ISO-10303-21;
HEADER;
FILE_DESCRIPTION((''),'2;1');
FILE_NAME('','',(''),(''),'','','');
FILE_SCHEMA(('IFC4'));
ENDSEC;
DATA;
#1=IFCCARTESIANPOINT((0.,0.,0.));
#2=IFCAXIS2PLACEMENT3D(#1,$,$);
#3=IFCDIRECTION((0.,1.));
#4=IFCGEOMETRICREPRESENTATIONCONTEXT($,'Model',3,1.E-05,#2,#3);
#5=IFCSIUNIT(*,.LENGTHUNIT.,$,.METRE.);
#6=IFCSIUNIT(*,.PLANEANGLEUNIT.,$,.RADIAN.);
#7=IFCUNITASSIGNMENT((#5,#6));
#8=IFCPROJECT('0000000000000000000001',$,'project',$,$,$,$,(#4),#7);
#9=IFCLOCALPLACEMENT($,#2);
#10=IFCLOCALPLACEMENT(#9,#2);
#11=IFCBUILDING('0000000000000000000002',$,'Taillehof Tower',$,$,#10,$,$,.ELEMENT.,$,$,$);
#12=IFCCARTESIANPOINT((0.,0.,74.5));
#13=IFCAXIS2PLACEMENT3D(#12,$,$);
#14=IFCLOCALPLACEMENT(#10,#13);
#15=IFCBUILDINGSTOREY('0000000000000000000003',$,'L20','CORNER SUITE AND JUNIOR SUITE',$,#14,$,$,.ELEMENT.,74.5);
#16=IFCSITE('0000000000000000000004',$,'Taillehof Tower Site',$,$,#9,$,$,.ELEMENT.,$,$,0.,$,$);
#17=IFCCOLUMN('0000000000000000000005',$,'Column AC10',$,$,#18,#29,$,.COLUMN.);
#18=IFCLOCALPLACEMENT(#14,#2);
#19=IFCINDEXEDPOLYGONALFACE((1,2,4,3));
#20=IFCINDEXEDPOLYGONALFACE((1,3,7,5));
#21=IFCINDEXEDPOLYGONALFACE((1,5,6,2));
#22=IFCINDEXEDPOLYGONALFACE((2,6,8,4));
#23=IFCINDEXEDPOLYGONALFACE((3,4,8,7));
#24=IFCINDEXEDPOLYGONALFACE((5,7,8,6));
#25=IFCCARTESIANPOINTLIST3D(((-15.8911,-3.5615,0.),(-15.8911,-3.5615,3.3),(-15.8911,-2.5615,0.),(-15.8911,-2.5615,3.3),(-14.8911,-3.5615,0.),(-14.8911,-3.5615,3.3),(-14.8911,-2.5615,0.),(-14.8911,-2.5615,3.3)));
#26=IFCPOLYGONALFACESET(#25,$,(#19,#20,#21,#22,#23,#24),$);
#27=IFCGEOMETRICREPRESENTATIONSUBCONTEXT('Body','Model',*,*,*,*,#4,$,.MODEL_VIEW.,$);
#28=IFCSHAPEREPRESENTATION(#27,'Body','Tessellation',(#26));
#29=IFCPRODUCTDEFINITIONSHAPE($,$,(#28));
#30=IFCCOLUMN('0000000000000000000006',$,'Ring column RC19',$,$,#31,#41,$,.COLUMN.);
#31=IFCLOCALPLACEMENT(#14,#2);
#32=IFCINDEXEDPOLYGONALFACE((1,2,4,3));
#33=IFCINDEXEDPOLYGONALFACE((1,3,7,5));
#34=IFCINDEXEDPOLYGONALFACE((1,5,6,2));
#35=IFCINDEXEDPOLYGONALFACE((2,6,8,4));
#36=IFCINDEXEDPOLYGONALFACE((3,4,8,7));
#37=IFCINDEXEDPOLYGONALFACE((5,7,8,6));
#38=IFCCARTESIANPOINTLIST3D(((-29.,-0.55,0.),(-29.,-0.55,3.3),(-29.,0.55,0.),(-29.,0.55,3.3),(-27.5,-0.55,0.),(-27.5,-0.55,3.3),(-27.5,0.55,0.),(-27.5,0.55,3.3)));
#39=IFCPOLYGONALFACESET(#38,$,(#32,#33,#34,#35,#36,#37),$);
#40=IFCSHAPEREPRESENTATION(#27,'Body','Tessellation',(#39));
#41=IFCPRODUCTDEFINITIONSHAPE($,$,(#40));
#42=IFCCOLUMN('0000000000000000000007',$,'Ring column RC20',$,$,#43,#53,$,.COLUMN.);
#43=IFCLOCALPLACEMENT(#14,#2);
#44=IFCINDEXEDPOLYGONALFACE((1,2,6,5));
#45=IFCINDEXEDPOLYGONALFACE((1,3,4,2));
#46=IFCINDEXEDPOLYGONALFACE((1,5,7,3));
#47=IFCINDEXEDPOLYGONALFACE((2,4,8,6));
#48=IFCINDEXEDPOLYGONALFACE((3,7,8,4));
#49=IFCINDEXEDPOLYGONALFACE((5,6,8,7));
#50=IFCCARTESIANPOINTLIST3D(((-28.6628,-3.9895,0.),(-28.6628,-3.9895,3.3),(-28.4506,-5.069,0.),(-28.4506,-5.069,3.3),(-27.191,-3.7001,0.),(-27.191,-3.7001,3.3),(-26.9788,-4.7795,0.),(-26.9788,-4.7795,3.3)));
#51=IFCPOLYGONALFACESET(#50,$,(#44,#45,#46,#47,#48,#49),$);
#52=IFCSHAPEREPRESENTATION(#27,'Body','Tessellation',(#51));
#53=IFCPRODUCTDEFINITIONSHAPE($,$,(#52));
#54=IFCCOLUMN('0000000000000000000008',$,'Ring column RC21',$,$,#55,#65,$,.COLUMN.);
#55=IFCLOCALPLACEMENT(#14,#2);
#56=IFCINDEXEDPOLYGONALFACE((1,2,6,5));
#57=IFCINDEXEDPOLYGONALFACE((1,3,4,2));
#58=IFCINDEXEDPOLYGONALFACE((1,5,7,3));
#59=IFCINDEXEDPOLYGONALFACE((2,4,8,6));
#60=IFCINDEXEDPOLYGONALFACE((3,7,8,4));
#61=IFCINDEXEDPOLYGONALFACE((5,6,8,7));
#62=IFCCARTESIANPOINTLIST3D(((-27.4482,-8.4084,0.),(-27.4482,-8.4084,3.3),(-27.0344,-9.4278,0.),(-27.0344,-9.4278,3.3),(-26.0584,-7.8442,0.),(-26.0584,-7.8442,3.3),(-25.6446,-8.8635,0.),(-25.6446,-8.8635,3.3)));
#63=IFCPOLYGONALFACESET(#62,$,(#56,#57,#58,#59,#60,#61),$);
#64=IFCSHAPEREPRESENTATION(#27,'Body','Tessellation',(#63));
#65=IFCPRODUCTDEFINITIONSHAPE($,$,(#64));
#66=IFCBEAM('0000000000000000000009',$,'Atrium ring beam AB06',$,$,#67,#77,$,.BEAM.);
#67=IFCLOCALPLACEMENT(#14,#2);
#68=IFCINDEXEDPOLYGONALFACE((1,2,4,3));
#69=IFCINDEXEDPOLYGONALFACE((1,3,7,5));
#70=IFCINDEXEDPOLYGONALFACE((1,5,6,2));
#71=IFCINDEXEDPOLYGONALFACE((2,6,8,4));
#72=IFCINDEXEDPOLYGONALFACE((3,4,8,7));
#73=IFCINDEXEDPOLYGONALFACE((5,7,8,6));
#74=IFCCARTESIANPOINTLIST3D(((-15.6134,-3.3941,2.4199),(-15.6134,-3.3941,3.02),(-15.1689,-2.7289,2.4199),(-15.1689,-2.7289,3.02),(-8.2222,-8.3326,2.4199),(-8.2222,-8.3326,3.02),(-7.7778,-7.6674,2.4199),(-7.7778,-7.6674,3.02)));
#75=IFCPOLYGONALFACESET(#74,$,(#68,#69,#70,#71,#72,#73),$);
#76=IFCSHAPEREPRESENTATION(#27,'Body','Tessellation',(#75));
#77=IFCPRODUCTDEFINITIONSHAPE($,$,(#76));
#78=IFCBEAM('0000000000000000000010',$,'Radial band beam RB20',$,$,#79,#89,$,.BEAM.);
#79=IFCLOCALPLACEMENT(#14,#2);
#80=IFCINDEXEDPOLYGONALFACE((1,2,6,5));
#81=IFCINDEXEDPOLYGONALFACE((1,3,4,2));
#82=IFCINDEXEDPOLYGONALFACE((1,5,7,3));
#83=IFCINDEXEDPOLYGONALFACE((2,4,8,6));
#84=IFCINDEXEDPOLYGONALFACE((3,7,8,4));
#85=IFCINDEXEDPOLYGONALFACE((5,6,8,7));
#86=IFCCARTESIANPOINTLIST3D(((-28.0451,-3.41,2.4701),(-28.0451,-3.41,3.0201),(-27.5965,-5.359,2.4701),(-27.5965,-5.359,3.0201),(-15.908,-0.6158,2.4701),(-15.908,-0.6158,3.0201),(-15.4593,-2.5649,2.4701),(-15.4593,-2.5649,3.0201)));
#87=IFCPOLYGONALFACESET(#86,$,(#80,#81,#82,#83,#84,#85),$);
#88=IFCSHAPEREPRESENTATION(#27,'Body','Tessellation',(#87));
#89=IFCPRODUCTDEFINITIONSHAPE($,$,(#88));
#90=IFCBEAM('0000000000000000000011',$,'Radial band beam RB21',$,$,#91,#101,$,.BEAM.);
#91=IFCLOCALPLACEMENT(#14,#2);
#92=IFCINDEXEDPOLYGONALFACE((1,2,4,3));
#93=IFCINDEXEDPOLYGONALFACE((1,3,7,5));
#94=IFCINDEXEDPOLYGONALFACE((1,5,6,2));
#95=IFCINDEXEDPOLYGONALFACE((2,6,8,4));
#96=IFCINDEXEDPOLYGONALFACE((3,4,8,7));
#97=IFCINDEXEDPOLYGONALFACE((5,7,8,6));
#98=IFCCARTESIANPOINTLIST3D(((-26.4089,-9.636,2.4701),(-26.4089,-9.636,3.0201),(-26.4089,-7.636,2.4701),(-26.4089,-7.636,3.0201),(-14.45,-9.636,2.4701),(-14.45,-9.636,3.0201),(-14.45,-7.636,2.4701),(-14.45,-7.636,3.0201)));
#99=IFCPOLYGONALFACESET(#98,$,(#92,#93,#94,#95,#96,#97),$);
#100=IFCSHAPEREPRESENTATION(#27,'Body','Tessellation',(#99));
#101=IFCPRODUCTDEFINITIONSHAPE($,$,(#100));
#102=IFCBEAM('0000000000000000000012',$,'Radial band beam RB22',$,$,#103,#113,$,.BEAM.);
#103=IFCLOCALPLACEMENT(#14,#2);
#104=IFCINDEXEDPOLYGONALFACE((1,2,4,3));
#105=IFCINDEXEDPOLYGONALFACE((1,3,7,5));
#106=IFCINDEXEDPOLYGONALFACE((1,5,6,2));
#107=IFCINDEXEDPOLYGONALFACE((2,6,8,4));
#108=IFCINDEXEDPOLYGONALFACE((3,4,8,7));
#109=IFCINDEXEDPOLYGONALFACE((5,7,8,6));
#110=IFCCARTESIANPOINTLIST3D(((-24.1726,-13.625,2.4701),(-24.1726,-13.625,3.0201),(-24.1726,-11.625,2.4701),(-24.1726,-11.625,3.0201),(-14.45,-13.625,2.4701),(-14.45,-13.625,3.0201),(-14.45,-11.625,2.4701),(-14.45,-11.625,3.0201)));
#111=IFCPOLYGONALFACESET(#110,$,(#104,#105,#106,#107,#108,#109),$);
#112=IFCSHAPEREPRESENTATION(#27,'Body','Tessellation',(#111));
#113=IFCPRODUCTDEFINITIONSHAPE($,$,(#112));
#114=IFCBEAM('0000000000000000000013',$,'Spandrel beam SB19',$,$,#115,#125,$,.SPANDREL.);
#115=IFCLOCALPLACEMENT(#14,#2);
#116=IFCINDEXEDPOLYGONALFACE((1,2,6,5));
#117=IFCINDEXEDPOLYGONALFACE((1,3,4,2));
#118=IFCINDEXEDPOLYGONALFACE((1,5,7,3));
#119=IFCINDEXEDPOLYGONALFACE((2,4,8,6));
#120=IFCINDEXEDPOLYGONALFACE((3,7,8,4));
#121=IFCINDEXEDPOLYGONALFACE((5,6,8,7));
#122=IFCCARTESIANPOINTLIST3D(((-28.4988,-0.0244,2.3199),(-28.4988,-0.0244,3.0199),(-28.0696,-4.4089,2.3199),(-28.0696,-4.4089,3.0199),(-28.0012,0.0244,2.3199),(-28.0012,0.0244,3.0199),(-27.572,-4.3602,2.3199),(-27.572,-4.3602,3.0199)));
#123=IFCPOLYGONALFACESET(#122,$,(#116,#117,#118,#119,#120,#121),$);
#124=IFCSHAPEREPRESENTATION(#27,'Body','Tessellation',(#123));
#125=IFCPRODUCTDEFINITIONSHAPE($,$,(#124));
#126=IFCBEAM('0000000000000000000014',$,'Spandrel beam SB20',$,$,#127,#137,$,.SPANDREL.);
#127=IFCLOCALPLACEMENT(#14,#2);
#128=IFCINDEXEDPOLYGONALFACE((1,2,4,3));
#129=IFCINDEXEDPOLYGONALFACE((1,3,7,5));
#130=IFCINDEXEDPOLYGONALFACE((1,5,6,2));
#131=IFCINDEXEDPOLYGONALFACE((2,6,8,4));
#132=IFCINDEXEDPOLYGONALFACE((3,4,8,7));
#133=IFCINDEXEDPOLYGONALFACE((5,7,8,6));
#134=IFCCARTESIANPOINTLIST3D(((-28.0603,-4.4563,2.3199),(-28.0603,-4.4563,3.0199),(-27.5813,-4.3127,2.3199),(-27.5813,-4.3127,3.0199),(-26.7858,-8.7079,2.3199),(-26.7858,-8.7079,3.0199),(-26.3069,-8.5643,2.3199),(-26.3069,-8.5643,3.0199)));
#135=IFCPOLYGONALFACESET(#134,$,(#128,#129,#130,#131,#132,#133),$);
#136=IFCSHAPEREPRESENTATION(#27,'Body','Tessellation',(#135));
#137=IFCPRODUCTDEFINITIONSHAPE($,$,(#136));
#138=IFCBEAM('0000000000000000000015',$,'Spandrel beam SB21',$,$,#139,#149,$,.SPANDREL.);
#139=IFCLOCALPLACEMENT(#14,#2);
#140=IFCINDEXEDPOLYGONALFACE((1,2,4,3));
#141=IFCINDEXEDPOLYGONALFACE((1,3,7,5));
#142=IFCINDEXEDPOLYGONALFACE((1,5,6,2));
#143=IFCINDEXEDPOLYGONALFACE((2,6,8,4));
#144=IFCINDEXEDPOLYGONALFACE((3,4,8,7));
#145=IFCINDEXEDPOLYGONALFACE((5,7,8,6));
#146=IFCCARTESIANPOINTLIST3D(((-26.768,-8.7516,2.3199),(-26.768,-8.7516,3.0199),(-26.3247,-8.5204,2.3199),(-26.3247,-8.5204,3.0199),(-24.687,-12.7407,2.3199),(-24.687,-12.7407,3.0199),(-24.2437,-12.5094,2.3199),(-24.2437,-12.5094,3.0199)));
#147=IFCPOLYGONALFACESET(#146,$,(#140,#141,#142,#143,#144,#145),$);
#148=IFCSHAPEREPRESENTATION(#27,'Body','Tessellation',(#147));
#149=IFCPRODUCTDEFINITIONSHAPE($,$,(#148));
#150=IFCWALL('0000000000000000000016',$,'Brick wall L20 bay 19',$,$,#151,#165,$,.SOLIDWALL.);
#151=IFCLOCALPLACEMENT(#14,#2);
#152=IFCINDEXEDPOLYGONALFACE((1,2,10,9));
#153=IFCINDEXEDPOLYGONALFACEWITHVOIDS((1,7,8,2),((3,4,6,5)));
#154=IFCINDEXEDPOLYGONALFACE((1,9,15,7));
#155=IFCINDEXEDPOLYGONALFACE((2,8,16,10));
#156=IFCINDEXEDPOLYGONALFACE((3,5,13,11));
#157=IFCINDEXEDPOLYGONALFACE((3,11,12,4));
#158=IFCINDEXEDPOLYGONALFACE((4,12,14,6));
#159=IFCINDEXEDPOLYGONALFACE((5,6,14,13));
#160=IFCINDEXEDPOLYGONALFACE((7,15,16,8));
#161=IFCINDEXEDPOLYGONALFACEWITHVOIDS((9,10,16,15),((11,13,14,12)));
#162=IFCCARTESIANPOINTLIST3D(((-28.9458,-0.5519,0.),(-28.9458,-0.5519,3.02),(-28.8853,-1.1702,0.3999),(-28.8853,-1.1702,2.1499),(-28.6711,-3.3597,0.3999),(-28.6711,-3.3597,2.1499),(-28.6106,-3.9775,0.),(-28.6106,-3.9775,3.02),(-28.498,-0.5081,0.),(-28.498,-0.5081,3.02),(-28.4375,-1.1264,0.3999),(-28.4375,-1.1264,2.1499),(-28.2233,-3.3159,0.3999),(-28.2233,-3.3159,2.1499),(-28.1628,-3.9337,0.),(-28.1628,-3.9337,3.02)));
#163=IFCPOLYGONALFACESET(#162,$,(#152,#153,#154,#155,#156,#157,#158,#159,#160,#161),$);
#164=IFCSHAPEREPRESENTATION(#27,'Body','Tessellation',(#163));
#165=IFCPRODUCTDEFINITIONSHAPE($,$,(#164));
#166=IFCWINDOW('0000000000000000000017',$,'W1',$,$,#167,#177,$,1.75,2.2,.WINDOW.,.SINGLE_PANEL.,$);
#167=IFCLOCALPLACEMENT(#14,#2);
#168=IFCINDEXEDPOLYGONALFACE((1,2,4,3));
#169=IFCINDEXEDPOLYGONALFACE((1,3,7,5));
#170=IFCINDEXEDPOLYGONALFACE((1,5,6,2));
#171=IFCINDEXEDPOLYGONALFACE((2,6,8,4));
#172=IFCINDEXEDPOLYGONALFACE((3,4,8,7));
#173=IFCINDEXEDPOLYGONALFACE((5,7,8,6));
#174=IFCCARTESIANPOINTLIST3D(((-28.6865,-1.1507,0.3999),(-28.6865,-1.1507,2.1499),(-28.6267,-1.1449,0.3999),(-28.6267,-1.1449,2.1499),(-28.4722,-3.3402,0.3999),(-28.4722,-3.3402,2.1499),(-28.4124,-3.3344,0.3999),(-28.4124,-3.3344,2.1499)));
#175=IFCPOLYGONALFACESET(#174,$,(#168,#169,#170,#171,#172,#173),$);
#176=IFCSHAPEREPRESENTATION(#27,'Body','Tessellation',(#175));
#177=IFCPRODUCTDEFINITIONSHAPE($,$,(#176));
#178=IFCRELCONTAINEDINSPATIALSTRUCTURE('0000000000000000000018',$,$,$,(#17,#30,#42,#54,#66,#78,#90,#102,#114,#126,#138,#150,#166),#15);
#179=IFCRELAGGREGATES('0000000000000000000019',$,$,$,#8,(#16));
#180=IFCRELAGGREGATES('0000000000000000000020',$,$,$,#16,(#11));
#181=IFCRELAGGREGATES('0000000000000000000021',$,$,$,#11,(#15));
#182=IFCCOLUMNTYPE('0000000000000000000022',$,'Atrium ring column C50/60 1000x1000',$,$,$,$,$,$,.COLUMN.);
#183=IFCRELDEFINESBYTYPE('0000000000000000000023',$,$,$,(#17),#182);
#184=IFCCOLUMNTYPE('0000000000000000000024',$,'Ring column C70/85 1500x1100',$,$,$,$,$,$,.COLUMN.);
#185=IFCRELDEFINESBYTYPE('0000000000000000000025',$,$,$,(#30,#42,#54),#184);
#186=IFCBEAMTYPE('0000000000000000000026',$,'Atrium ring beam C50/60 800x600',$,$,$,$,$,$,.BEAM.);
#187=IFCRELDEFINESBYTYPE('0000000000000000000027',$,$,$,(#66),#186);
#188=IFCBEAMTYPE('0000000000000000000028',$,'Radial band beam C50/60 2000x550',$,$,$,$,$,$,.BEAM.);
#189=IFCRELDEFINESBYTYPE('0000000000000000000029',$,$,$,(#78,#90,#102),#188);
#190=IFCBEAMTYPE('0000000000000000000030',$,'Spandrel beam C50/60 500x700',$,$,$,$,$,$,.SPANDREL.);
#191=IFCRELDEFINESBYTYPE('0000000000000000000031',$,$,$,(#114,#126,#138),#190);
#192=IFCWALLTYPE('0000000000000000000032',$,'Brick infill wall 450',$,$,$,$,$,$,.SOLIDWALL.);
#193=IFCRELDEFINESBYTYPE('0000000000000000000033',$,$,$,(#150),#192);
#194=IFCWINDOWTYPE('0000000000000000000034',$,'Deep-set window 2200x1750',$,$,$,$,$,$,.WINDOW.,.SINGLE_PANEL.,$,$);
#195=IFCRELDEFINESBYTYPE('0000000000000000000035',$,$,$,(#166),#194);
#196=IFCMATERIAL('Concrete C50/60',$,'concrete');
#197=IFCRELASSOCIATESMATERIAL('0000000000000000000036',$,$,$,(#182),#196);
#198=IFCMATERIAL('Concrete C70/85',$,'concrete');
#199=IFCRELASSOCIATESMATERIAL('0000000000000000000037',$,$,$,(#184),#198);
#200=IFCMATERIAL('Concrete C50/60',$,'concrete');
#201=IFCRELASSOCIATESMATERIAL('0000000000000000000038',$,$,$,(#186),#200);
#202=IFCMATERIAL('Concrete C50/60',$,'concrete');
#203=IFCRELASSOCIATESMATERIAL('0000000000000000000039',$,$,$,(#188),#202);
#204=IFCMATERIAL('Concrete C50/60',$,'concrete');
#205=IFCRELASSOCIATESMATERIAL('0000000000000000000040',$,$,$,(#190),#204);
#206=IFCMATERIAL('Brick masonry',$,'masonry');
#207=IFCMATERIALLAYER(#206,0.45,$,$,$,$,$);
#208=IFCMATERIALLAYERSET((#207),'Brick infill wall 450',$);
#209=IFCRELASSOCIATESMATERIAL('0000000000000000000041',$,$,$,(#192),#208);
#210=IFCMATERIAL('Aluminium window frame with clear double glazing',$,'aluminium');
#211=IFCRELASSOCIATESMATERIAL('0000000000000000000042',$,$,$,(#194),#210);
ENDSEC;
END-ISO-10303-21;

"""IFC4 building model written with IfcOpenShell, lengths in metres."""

from ifc_helpers import new_model, si_unit, direction, frame, frame_2d, origin, origin_2d, place, context, subcontext, project, spatial, rectangle, extrude, material, layer, layer_set, material_profile, profile_set, type_object, element, fill, save


model = new_model("IFC4")

# Units and contexts
model_context = context("Model", 3, precision=1e-05, world=origin(), true_north=direction((0.0, 1.0)))
body_context = subcontext(model_context, "Body", "Model", "MODEL_VIEW")
ifc_project = project(units=[si_unit("LENGTHUNIT", "METRE"), si_unit("PLANEANGLEUNIT", "RADIAN")], contexts=[model_context])

# Site, building, storey
site_placement = place(None, origin())
site = spatial("IfcSite", under=ifc_project, at=site_placement, Name="Taillehof Tower Site", CompositionType="ELEMENT", RefElevation=0.0)
building_placement = place(site_placement, origin())
building = spatial("IfcBuilding", under=site, at=building_placement, Name="Taillehof Tower", CompositionType="ELEMENT")
storey_placement = place(building_placement, frame((0.0, 0.0, 74.5)))
storey = spatial("IfcBuildingStorey", under=building, at=storey_placement, Name="L20", Description="CORNER SUITE AND JUNIOR SUITE", CompositionType="ELEMENT", Elevation=74.5)

# Columns
ifc_material_1 = material(Name="Concrete C50/60", Category="concrete")
ifc_material_profile_1 = material_profile(ifc_material_1, rectangle(XDim=1.0, YDim=1.0, at=origin_2d()), Name="RC 1000x1000")
ifc_profile_set_1 = profile_set([ifc_material_profile_1], Name="Concrete C50/60")
column_type_1 = type_object("IfcColumnType", Name="Atrium ring column C50/60 1000x1000", PredefinedType="COLUMN", material=ifc_profile_set_1)
column_placement = place(storey_placement, frame((-15.3911, -3.0615, 0.0), z_axis=(0.0, 0.0, 1.0), x_axis=(1.0, 0.0, 0.0)))
element("IfcColumn", 1, at=column_placement, inside=storey, type_object=column_type_1, Name="Column AC10", PredefinedType="COLUMN", context=body_context, shape_type="SweptSolid", body=[
    extrude(rectangle(XDim=1.0, YDim=1.0, at=origin_2d()), origin(), (0.0, 0.0, 1.0), 3.3),
])
ifc_material_2 = material(Name="Concrete C70/85", Category="concrete")
ifc_material_profile_2 = material_profile(ifc_material_2, rectangle(XDim=1.5, YDim=1.1001, at=origin_2d()), Name="RC 1500x1100")
ifc_profile_set_2 = profile_set([ifc_material_profile_2], Name="Concrete C70/85")
column_type_2 = type_object("IfcColumnType", Name="Ring column C70/85 1500x1100", PredefinedType="COLUMN", material=ifc_profile_set_2)
for number, where, z_axis, x_axis, name in (
    (2, (-28.25, 0.0, 0.0), (0.0, 0.0, 1.0), (-1.0, 0.0, 0.0), "Ring column RC19"),
    (3, (-27.8208, -4.3845, 0.0), (0.0, 0.0, 1.0), (-0.981204, -0.192976, 0.0), "Ring column RC20"),
    (4, (-26.5464, -8.636, 0.0), (0.0, 0.0, 1.0), (-0.926558, -0.376152, 0.0), "Ring column RC21"),
):
    element("IfcColumn", number, at=place(storey_placement, frame(where, z_axis=z_axis, x_axis=x_axis)), inside=storey, type_object=column_type_2, Name=name, PredefinedType="COLUMN", context=body_context, shape_type="SweptSolid", body=[
        extrude(rectangle(XDim=1.5, YDim=1.1001, at=origin_2d()), origin(), (0.0, 0.0, 1.0), 3.3),
    ])

# Beams
ifc_material_3 = material(Name="Concrete C50/60", Category="concrete")
ifc_material_profile_3 = material_profile(ifc_material_3, rectangle(XDim=0.8, YDim=0.6001, at=origin_2d()), Name="RC 800x600")
ifc_profile_set_3 = profile_set([ifc_material_profile_3], Name="Concrete C50/60")
beam_type_1 = type_object("IfcBeamType", Name="Atrium ring beam C50/60 800x600", PredefinedType="BEAM", material=ifc_profile_set_3)
beam_1_placement = place(storey_placement, frame((-15.3911, -3.0615, 2.72), z_axis=(0.831475, -0.555562, 0.0), x_axis=(0.555562, 0.831475, 0.0)))
element("IfcBeam", 5, at=beam_1_placement, inside=storey, type_object=beam_type_1, Name="Atrium ring beam AB06", PredefinedType="BEAM", context=body_context, shape_type="SweptSolid", body=[
    extrude(rectangle(XDim=0.8, YDim=0.6001, at=origin_2d()), origin(), (0.0, 0.0, 1.0), 8.8892),
])
ifc_material_4 = material(Name="Concrete C50/60", Category="concrete")
ifc_material_profile_4 = material_profile(ifc_material_4, rectangle(XDim=2.0, YDim=0.55, at=origin_2d()), Name="RC 2000x550")
ifc_profile_set_4 = profile_set([ifc_material_profile_4], Name="Concrete C50/60")
beam_type_2 = type_object("IfcBeamType", Name="Radial band beam C50/60 2000x550", PredefinedType="BEAM", material=ifc_profile_set_4)
beam_2_placement = place(storey_placement, frame((-27.8208, -4.3845, 2.7451), z_axis=(0.974509, 0.224348, 0.0), x_axis=(-0.224348, 0.974509, 0.0)))
element("IfcBeam", 6, at=beam_2_placement, inside=storey, type_object=beam_type_2, Name="Radial band beam RB20", PredefinedType="BEAM", context=body_context, shape_type="SweptSolid", body=[
    extrude(rectangle(XDim=2.0, YDim=0.55, at=origin_2d()), origin(), (0.0, 0.0, 1.0), 12.4546),
])
beam_3_placement = place(storey_placement, frame((-26.4089, -8.636, 2.7451), z_axis=(1.0, 0.0, 0.0), x_axis=(0.0, 1.0, 0.0)))
element("IfcBeam", 7, at=beam_3_placement, inside=storey, type_object=beam_type_2, Name="Radial band beam RB21", PredefinedType="BEAM", context=body_context, shape_type="SweptSolid", body=[
    extrude(rectangle(XDim=2.0, YDim=0.55, at=origin_2d()), origin(), (0.0, 0.0, 1.0), 11.959),
])
beam_4_placement = place(storey_placement, frame((-24.1726, -12.625, 2.7451), z_axis=(1.0, 0.0, 0.0), x_axis=(0.0, 1.0, 0.0)))
element("IfcBeam", 8, at=beam_4_placement, inside=storey, type_object=beam_type_2, Name="Radial band beam RB22", PredefinedType="BEAM", context=body_context, shape_type="SweptSolid", body=[
    extrude(rectangle(XDim=2.0, YDim=0.55, at=origin_2d()), origin(), (0.0, 0.0, 1.0), 9.7227),
])
ifc_material_5 = material(Name="Concrete C50/60", Category="concrete")
ifc_material_profile_5 = material_profile(ifc_material_5, rectangle(XDim=0.5, YDim=0.7, at=origin_2d()), Name="RC 500x700")
ifc_profile_set_5 = profile_set([ifc_material_profile_5], Name="Concrete C50/60")
beam_type_3 = type_object("IfcBeamType", Name="Spandrel beam C50/60 500x700", PredefinedType="SPANDREL", material=ifc_profile_set_5)
beam_5_placement = place(storey_placement, frame((-28.25, 0.0, 2.6699), z_axis=(0.097424, -0.995243, 0.0), x_axis=(0.995243, 0.097424, 0.0)))
element("IfcBeam", 9, at=beam_5_placement, inside=storey, type_object=beam_type_3, Name="Spandrel beam SB19", PredefinedType="SPANDREL", context=body_context, shape_type="SweptSolid", body=[
    extrude(rectangle(XDim=0.5, YDim=0.7, at=origin_2d()), origin(), (0.0, 0.0, 1.0), 4.4055),
])
beam_6_placement = place(storey_placement, frame((-27.8208, -4.3845, 2.6699), z_axis=(0.287136, -0.95789, 0.0), x_axis=(0.95789, 0.287136, 0.0)))
element("IfcBeam", 10, at=beam_6_placement, inside=storey, type_object=beam_type_3, Name="Spandrel beam SB20", PredefinedType="SPANDREL", context=body_context, shape_type="SweptSolid", body=[
    extrude(rectangle(XDim=0.5, YDim=0.7, at=origin_2d()), origin(), (0.0, 0.0, 1.0), 4.4385),
])
beam_7_placement = place(storey_placement, frame((-26.5464, -8.636, 2.6699), z_axis=(0.462536, -0.8866, 0.0), x_axis=(0.8866, 0.462536, 0.0)))
element("IfcBeam", 11, at=beam_7_placement, inside=storey, type_object=beam_type_3, Name="Spandrel beam SB21", PredefinedType="SPANDREL", context=body_context, shape_type="SweptSolid", body=[
    extrude(rectangle(XDim=0.5, YDim=0.7, at=origin_2d()), origin(), (0.0, 0.0, 1.0), 4.4993),
])

# Wall, opening, window
ifc_material_6 = material(Name="Brick masonry", Category="masonry")
ifc_layer_1 = layer(ifc_material_6, 0.45)
ifc_layer_set_1 = layer_set([ifc_layer_1], Name="Brick infill wall 450")
wall_type_1 = type_object("IfcWallType", Name="Brick infill wall 450", PredefinedType="SOLIDWALL", material=ifc_layer_set_1)
wall_1_placement = place(storey_placement, frame((-28.7219, -0.53, 0.0), z_axis=(0.0, 0.0, 1.0), x_axis=(0.09739, -0.995246, 0.0)))
wall_1 = element("IfcWall", 12, at=wall_1_placement, inside=storey, type_object=wall_type_1, Name="Brick wall L20 bay 19", PredefinedType="SOLIDWALL", context=body_context, shape_type="SweptSolid", body=[
    extrude(rectangle(XDim=3.4419, YDim=0.45, at=frame_2d((1.7209, 0.0))), origin(), (0.0, 0.0, 1.0), 3.02),
])
opening_1_placement = place(wall_1_placement, frame((0.6211, 0.0, 0.3999)))
opening_1 = element("IfcOpeningElement", 13, at=opening_1_placement, cuts=wall_1, PredefinedType="OPENING", context=body_context, shape_type="SweptSolid", body=[
    extrude(rectangle(XDim=2.2, YDim=1.75, at=frame_2d((1.1001, 0.875))), frame((0.0, 0.2349, 0.0), z_axis=(0.0, -1.0, 0.0), x_axis=(1.0, 0.0, 0.0)), (0.0, 0.0, 1.0), 0.47),
])
ifc_material_7 = material(Name="Aluminium window frame with clear double glazing", Category="aluminium")
window_type = type_object("IfcWindowType", Name="Deep-set window 2200x1750", PartitioningType="SINGLE_PANEL", PredefinedType="WINDOW", material=ifc_material_7)
window_1_placement = place(opening_1_placement, origin())
window_1 = element("IfcWindow", 14, at=window_1_placement, inside=storey, type_object=window_type, Name="W1", OverallHeight=1.75, OverallWidth=2.2, PartitioningType="SINGLE_PANEL", PredefinedType="WINDOW", context=body_context, shape_type="SweptSolid", body=[
    extrude(rectangle(XDim=2.2, YDim=1.75, at=frame_2d((1.1001, 0.875))), frame((0.0, 0.0349, 0.0), z_axis=(0.0, -1.0, 0.0), x_axis=(1.0, 0.0, 0.0)), (0.0, 0.0, 1.0), 0.0601),
])
fill(opening_1, window_1)

save(model, "model.ifc")
